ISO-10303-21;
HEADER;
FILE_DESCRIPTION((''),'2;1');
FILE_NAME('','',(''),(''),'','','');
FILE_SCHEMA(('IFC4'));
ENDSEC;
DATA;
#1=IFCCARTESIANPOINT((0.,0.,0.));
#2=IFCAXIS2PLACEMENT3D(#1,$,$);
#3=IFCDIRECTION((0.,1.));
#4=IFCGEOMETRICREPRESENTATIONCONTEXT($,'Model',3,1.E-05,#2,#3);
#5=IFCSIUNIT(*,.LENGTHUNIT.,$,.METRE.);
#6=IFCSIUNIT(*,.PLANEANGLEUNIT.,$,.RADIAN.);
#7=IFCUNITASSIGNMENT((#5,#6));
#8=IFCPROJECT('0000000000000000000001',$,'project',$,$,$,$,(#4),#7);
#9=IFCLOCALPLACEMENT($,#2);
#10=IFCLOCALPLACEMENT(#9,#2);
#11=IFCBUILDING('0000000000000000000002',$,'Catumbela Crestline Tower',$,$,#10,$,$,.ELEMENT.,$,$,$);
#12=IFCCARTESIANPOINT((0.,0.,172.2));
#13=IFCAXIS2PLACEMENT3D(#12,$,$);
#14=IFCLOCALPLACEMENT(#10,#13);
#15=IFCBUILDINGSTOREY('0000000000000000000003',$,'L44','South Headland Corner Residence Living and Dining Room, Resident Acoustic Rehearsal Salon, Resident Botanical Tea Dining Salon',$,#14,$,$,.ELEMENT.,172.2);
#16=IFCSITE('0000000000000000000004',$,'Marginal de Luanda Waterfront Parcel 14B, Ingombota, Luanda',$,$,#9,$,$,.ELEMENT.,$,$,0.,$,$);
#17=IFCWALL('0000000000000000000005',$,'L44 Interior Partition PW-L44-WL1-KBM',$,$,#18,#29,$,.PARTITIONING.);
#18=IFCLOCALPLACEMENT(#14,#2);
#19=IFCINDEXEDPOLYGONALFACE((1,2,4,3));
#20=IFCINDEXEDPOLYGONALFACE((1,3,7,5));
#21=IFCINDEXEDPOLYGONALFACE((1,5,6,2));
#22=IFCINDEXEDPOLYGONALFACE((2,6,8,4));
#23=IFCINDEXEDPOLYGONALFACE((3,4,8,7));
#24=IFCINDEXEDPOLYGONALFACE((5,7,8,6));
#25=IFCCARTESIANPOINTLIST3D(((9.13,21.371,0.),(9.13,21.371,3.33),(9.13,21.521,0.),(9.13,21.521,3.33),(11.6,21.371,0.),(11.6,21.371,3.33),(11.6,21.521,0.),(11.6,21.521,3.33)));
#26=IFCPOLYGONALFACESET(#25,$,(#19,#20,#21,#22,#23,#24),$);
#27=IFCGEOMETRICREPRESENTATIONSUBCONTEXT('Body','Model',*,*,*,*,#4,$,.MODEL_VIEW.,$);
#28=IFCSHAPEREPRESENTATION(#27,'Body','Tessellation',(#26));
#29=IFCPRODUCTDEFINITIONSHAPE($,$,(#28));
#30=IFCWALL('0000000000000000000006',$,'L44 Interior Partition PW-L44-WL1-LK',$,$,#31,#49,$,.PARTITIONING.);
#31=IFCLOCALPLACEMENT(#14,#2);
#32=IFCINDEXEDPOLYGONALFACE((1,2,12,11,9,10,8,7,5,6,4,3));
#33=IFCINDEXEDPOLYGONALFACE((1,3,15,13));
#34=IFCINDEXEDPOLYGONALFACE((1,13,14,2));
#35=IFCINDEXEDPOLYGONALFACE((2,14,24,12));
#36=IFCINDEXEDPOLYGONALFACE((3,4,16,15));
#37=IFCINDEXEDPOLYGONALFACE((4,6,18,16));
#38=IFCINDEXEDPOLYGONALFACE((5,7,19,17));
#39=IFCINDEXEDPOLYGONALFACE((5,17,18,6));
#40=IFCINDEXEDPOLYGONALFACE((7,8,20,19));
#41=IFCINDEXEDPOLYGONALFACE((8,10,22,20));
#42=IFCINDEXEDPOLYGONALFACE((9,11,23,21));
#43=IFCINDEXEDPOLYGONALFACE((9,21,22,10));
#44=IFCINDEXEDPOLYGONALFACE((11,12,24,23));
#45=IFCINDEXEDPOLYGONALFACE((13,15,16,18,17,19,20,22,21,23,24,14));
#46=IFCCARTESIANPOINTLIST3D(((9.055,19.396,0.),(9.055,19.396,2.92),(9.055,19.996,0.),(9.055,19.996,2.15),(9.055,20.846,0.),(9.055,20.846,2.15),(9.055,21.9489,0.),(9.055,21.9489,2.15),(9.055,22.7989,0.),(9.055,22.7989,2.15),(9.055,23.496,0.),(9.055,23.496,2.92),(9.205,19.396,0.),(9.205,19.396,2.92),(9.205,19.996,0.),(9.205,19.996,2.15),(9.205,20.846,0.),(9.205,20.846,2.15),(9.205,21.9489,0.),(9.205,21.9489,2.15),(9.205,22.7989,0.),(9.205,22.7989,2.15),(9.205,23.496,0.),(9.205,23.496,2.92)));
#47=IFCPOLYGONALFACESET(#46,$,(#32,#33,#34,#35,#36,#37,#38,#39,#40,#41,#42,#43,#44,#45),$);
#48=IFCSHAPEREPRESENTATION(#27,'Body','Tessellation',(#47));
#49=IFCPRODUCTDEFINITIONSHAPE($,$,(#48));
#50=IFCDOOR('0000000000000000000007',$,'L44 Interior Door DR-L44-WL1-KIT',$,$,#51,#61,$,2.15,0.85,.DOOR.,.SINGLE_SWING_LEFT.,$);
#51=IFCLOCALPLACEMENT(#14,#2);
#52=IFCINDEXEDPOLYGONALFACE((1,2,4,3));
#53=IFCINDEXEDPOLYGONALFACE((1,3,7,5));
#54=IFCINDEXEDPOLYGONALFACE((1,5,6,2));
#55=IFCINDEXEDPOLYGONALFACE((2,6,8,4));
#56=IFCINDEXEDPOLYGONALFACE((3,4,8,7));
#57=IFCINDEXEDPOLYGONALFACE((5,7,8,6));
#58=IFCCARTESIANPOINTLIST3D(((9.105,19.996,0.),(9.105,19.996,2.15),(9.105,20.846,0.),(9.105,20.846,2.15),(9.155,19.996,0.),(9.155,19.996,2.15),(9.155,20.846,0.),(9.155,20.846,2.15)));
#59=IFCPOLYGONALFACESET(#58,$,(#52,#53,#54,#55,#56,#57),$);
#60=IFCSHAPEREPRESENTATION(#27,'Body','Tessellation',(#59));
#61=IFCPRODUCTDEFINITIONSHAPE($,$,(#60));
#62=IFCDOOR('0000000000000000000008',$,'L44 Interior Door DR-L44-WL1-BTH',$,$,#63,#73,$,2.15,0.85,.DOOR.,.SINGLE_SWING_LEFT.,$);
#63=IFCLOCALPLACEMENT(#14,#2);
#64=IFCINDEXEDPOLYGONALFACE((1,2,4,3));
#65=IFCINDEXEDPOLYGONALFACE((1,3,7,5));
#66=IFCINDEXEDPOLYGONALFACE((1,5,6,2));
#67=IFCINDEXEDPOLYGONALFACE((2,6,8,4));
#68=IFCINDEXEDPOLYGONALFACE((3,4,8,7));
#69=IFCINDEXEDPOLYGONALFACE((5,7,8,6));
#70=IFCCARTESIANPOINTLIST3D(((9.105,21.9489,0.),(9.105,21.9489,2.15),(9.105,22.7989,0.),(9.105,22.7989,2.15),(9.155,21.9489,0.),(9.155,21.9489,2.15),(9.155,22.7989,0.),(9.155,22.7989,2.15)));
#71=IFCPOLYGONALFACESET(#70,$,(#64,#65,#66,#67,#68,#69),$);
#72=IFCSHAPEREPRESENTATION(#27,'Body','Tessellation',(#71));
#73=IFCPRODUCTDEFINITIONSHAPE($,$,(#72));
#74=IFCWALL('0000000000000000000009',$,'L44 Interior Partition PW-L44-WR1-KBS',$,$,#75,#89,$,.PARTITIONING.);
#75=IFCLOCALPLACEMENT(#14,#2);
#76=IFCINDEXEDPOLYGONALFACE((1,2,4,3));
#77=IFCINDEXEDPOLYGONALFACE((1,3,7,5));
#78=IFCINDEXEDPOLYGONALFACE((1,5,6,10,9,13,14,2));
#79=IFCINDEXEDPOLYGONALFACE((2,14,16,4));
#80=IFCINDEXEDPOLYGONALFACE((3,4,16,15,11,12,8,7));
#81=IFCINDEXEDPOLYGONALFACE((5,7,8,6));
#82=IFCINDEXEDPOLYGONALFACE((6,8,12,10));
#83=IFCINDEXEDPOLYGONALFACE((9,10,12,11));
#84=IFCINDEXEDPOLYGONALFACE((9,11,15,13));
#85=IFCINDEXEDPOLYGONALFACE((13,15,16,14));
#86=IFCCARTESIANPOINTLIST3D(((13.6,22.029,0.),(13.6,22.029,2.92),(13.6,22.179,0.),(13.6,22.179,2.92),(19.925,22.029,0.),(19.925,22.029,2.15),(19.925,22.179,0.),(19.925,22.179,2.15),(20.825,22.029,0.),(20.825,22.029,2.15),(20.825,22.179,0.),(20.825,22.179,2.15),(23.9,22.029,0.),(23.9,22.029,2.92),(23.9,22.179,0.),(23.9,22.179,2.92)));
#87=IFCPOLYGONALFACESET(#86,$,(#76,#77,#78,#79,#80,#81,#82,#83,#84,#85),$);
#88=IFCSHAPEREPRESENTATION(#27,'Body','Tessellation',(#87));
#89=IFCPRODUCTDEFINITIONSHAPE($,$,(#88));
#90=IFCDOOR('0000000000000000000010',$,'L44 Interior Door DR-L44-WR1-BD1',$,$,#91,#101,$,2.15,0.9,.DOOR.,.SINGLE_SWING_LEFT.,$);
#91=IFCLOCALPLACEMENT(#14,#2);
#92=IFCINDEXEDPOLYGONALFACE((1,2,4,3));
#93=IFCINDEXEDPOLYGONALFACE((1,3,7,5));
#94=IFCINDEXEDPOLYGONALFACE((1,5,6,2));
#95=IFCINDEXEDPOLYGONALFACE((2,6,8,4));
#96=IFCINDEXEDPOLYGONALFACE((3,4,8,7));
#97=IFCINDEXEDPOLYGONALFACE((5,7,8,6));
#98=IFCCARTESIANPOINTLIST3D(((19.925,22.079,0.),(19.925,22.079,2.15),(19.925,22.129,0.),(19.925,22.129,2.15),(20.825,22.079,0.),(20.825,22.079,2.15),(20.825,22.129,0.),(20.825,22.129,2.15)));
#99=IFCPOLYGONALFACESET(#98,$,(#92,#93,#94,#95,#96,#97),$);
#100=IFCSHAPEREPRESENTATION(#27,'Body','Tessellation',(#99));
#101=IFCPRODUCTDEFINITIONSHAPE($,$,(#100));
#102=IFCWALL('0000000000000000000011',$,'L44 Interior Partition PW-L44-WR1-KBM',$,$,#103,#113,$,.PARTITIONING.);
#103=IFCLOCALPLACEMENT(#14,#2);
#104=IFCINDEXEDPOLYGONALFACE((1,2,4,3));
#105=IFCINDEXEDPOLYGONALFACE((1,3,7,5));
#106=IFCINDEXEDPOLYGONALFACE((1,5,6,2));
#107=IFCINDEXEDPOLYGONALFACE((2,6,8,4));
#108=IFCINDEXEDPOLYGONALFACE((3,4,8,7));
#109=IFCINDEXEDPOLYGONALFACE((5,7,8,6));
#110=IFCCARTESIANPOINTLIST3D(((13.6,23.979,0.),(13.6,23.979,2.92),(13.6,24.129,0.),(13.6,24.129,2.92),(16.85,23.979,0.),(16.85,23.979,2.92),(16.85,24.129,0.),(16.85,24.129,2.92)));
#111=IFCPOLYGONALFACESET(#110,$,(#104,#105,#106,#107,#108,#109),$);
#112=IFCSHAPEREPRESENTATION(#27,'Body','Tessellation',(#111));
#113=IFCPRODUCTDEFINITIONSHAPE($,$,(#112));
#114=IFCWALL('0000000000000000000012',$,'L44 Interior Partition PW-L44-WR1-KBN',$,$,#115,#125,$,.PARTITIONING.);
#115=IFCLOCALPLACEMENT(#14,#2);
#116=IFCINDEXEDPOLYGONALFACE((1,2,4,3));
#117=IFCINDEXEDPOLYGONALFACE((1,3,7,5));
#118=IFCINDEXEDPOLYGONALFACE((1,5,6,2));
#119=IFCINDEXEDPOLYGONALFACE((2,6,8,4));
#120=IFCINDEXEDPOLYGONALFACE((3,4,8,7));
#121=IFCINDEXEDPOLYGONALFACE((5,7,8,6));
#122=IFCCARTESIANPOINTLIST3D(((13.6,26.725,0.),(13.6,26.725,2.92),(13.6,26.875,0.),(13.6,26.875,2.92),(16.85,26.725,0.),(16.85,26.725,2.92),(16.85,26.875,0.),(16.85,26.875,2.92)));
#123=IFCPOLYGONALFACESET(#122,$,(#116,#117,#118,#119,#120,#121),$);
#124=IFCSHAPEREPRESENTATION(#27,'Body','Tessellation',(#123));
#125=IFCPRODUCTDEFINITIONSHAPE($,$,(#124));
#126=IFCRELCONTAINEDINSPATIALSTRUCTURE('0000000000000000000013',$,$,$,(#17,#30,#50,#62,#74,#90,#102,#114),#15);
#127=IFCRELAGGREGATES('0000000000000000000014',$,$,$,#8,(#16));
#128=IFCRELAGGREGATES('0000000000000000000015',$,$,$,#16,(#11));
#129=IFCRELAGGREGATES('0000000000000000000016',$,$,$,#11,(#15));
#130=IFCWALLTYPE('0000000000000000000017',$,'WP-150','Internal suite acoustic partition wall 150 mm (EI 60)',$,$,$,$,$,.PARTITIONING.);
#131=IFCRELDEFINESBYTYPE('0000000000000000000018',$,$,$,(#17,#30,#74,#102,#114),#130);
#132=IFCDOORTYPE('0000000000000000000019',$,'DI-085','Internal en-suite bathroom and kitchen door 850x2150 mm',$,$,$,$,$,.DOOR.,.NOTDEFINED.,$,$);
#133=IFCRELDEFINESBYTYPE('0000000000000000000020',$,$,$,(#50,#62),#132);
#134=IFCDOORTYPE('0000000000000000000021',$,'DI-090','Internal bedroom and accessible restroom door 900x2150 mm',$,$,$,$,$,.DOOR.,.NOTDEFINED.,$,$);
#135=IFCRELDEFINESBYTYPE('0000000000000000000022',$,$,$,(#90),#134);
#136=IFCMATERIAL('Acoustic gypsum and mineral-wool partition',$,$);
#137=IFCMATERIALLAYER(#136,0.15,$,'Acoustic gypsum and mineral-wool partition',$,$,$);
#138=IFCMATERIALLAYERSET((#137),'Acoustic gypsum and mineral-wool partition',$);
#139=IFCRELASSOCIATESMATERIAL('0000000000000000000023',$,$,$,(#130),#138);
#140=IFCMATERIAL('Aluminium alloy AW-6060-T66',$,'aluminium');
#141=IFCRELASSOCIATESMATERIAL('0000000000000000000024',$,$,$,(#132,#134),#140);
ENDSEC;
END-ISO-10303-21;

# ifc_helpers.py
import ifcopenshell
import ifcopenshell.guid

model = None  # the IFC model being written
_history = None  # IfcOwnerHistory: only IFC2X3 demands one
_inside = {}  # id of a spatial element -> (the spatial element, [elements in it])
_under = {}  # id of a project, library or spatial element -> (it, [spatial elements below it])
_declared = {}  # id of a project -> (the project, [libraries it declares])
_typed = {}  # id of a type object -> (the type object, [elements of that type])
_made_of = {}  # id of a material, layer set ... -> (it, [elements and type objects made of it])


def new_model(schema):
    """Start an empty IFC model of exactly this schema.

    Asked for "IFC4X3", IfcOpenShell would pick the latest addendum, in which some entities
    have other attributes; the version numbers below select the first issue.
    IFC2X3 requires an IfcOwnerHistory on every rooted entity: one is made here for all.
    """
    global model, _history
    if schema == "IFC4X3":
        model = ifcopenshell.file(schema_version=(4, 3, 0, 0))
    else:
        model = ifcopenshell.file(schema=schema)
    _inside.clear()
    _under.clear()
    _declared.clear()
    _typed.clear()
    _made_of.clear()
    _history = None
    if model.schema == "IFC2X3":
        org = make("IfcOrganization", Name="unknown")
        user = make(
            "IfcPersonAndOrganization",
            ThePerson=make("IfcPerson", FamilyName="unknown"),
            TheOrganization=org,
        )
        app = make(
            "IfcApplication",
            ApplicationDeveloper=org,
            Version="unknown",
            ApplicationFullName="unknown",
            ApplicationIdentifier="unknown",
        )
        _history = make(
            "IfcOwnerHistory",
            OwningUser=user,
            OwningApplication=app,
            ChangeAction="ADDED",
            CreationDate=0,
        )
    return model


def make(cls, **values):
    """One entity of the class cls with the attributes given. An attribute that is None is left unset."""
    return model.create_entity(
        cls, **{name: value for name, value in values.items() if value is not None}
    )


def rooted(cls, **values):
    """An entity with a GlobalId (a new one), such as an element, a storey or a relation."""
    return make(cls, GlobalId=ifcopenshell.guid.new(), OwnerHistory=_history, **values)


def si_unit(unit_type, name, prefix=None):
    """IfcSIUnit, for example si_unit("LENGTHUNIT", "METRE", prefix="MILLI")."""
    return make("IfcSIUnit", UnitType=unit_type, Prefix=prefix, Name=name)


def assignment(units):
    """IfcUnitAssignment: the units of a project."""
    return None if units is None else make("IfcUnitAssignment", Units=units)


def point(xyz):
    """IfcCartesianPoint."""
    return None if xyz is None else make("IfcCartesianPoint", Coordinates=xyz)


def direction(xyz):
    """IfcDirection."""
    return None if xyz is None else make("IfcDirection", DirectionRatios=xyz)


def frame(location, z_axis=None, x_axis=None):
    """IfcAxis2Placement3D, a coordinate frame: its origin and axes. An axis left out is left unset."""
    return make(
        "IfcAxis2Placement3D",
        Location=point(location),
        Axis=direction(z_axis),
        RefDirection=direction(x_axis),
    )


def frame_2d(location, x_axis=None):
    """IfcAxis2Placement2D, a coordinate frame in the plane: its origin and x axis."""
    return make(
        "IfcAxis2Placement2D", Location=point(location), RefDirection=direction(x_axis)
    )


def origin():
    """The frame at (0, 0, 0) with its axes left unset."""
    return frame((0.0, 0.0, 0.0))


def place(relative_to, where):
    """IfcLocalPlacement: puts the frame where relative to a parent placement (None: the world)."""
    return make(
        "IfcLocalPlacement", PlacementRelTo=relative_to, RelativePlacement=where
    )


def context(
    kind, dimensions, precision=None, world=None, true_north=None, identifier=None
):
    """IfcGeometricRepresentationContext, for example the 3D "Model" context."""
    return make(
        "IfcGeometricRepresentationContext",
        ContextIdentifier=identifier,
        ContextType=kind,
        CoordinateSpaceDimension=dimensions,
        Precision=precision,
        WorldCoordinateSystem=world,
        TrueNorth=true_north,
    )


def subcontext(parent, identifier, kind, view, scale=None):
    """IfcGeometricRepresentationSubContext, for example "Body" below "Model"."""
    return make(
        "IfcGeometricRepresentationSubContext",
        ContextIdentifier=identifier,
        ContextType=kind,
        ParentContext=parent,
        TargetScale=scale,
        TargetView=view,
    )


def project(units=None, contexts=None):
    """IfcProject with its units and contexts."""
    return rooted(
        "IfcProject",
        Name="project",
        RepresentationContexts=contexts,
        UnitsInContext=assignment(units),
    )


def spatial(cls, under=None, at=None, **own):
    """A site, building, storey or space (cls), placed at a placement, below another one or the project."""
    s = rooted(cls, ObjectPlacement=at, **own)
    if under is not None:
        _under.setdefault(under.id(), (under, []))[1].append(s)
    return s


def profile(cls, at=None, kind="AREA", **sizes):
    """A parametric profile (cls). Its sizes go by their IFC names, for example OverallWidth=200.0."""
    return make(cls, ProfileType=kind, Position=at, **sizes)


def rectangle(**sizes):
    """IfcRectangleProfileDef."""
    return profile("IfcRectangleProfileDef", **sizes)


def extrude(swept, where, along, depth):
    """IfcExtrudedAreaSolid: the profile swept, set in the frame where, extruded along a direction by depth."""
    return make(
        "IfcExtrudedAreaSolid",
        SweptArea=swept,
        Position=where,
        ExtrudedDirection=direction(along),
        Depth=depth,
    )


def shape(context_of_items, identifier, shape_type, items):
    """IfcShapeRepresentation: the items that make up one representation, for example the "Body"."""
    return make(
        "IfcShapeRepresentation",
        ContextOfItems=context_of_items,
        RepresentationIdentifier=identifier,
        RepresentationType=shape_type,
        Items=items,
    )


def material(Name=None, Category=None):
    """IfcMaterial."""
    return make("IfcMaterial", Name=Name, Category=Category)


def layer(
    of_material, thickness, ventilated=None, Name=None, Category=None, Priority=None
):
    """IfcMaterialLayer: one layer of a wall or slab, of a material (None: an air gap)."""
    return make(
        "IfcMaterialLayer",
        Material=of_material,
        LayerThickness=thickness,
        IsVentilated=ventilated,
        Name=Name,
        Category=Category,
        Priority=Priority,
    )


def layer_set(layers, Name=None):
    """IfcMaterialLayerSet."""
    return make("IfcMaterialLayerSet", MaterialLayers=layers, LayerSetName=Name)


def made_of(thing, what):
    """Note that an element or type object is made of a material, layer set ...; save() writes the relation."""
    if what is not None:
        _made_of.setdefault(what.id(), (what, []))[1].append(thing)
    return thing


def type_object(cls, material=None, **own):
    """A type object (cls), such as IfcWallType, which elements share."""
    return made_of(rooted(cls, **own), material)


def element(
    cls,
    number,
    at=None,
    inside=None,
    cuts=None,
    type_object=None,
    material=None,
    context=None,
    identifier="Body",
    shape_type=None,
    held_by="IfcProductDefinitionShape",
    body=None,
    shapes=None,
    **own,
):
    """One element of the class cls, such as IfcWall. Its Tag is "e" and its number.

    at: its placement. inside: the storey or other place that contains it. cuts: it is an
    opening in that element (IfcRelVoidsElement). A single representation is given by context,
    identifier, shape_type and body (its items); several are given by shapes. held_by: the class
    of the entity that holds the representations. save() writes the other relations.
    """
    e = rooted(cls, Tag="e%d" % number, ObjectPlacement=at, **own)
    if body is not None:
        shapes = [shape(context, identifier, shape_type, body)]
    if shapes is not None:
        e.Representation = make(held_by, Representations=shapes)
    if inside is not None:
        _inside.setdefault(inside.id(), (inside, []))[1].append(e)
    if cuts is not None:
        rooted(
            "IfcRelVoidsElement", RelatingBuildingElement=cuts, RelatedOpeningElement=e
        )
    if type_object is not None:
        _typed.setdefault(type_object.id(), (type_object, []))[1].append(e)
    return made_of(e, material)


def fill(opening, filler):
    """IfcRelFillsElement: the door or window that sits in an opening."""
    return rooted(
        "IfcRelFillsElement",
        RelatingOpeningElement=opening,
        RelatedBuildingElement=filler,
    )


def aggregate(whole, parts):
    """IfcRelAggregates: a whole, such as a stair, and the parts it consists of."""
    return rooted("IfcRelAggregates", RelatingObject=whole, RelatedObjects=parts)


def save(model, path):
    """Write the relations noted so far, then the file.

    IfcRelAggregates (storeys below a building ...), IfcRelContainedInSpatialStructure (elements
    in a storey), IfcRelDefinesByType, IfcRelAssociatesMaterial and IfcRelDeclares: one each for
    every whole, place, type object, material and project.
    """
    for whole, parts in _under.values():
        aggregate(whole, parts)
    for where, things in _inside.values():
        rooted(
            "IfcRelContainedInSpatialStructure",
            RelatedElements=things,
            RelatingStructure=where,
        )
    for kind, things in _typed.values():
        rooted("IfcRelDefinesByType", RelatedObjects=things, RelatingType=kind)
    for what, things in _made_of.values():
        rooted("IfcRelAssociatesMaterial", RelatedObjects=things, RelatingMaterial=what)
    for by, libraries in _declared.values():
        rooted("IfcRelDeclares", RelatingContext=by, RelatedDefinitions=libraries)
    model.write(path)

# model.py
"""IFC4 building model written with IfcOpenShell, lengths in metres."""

from ifc_helpers import new_model, si_unit, direction, frame, frame_2d, origin, place, context, subcontext, project, spatial, rectangle, extrude, material, layer, layer_set, type_object, element, fill, save


model = new_model("IFC4")

# Units and contexts
model_context = context("Model", 3, precision=1e-05, world=origin(), true_north=direction((0.0, 1.0)))
body_context = subcontext(model_context, "Body", "Model", "MODEL_VIEW")
ifc_project = project(units=[si_unit("LENGTHUNIT", "METRE"), si_unit("PLANEANGLEUNIT", "RADIAN")], contexts=[model_context])

# Site, building, storey
site_placement = place(None, origin())
site = spatial("IfcSite", under=ifc_project, at=site_placement, Name="Marginal de Luanda Waterfront Parcel 14B, Ingombota, Luanda", CompositionType="ELEMENT", RefElevation=0.0)
building_placement = place(site_placement, origin())
building = spatial("IfcBuilding", under=site, at=building_placement, Name="Catumbela Crestline Tower", CompositionType="ELEMENT")
storey_placement = place(building_placement, frame((0.0, 0.0, 172.2)))
storey = spatial("IfcBuildingStorey", under=building, at=storey_placement, Name="L44", Description="South Headland Corner Residence Living and Dining Room, Resident Acoustic Rehearsal Salon, Resident Botanical Tea Dining Salon", CompositionType="ELEMENT", Elevation=172.2)

# Shared definitions
ifc_material_1 = material(Name="Acoustic gypsum and mineral-wool partition")
ifc_material_2 = material(Name="Aluminium alloy AW-6060-T66", Category="aluminium")

# Wall
ifc_layer_1 = layer(ifc_material_1, 0.15, Name="Acoustic gypsum and mineral-wool partition")
ifc_layer_set_1 = layer_set([ifc_layer_1], Name="Acoustic gypsum and mineral-wool partition")
wall_type_1 = type_object("IfcWallType", Name="WP-150", Description="Internal suite acoustic partition wall 150 mm (EI 60)", PredefinedType="PARTITIONING", material=ifc_layer_set_1)
for number, where, z_axis, x_axis, name in (
    (1, (9.13, 21.446, 0.0), (0.0, 0.0, 1.0), (1.0, 0.0, 0.0), "L44 Interior Partition PW-L44-WL1-KBM"),
):
    element("IfcWall", number, at=place(storey_placement, frame(where, z_axis=z_axis, x_axis=x_axis)), inside=storey, type_object=wall_type_1, Name=name, PredefinedType="PARTITIONING", context=body_context, shape_type="SweptSolid", body=[
        extrude(rectangle(XDim=2.47, YDim=0.15, at=frame_2d((1.235, 0.0))), origin(), (0.0, 0.0, 1.0), 3.33),
    ])

# Wall, openings, doors
wall_1_placement = place(storey_placement, frame((9.13, 19.396, 0.0), z_axis=(0.0, 0.0, 1.0), x_axis=(0.0, 1.0, 0.0)))
wall_1 = element("IfcWall", 2, at=wall_1_placement, inside=storey, type_object=wall_type_1, Name="L44 Interior Partition PW-L44-WL1-LK", PredefinedType="PARTITIONING", context=body_context, shape_type="SweptSolid", body=[
    extrude(rectangle(XDim=4.1, YDim=0.15, at=frame_2d((2.05, 0.0))), origin(), (0.0, 0.0, 1.0), 2.92),
])
opening_1_placement = place(wall_1_placement, frame((0.6, 0.0, 0.0)))
opening_1 = element("IfcOpeningElement", 3, at=opening_1_placement, cuts=wall_1, PredefinedType="OPENING", context=body_context, shape_type="SweptSolid", body=[
    extrude(rectangle(XDim=0.85, YDim=2.15, at=frame_2d((0.425, 1.075))), frame((0.0, 0.085, 0.0), z_axis=(0.0, -1.0, 0.0), x_axis=(1.0, 0.0, 0.0)), (0.0, 0.0, 1.0), 0.17),
])
opening_2_placement = place(wall_1_placement, frame((2.5529, 0.0, 0.0)))
opening_2 = element("IfcOpeningElement", 4, at=opening_2_placement, cuts=wall_1, PredefinedType="OPENING", context=body_context, shape_type="SweptSolid", body=[
    extrude(rectangle(XDim=0.85, YDim=2.15, at=frame_2d((0.425, 1.075))), frame((0.0, 0.085, 0.0), z_axis=(0.0, -1.0, 0.0), x_axis=(1.0, 0.0, 0.0)), (0.0, 0.0, 1.0), 0.17),
])
door_type_1 = type_object("IfcDoorType", Name="DI-085", Description="Internal en-suite bathroom and kitchen door 850x2150 mm", OperationType="NOTDEFINED", PredefinedType="DOOR", material=ifc_material_2)
door_1_placement = place(opening_1_placement, origin())
door_1 = element("IfcDoor", 5, at=door_1_placement, inside=storey, type_object=door_type_1, Name="L44 Interior Door DR-L44-WL1-KIT", OperationType="SINGLE_SWING_LEFT", OverallHeight=2.15, OverallWidth=0.85, PredefinedType="DOOR", context=body_context, shape_type="SweptSolid", body=[
    extrude(rectangle(XDim=0.85, YDim=2.15, at=frame_2d((0.425, 1.075))), frame((0.0, 0.025, 0.0), z_axis=(0.0, -1.0, 0.0), x_axis=(1.0, 0.0, 0.0)), (0.0, 0.0, 1.0), 0.05),
])
fill(opening_1, door_1)
door_2_placement = place(opening_2_placement, origin())
door_2 = element("IfcDoor", 6, at=door_2_placement, inside=storey, type_object=door_type_1, Name="L44 Interior Door DR-L44-WL1-BTH", OperationType="SINGLE_SWING_LEFT", OverallHeight=2.15, OverallWidth=0.85, PredefinedType="DOOR", context=body_context, shape_type="SweptSolid", body=[
    extrude(rectangle(XDim=0.85, YDim=2.15, at=frame_2d((0.425, 1.075))), frame((0.0, 0.025, 0.0), z_axis=(0.0, -1.0, 0.0), x_axis=(1.0, 0.0, 0.0)), (0.0, 0.0, 1.0), 0.05),
])
fill(opening_2, door_2)

# Wall, opening, door
wall_2_placement = place(storey_placement, frame((13.6, 22.104, 0.0), z_axis=(0.0, 0.0, 1.0), x_axis=(1.0, 0.0, 0.0)))
wall_2 = element("IfcWall", 7, at=wall_2_placement, inside=storey, type_object=wall_type_1, Name="L44 Interior Partition PW-L44-WR1-KBS", PredefinedType="PARTITIONING", context=body_context, shape_type="SweptSolid", body=[
    extrude(rectangle(XDim=10.3, YDim=0.15, at=frame_2d((5.15, 0.0))), origin(), (0.0, 0.0, 1.0), 2.92),
])
opening_3_placement = place(wall_2_placement, frame((6.325, 0.0, 0.0)))
opening_3 = element("IfcOpeningElement", 8, at=opening_3_placement, cuts=wall_2, PredefinedType="OPENING", context=body_context, shape_type="SweptSolid", body=[
    extrude(rectangle(XDim=0.9, YDim=2.15, at=frame_2d((0.45, 1.075))), frame((0.0, 0.085, 0.0), z_axis=(0.0, -1.0, 0.0), x_axis=(1.0, 0.0, 0.0)), (0.0, 0.0, 1.0), 0.17),
])
door_type_2 = type_object("IfcDoorType", Name="DI-090", Description="Internal bedroom and accessible restroom door 900x2150 mm", OperationType="NOTDEFINED", PredefinedType="DOOR", material=ifc_material_2)
door_3_placement = place(opening_3_placement, origin())
door_3 = element("IfcDoor", 9, at=door_3_placement, inside=storey, type_object=door_type_2, Name="L44 Interior Door DR-L44-WR1-BD1", OperationType="SINGLE_SWING_LEFT", OverallHeight=2.15, OverallWidth=0.9, PredefinedType="DOOR", context=body_context, shape_type="SweptSolid", body=[
    extrude(rectangle(XDim=0.9, YDim=2.15, at=frame_2d((0.45, 1.075))), frame((0.0, 0.025, 0.0), z_axis=(0.0, -1.0, 0.0), x_axis=(1.0, 0.0, 0.0)), (0.0, 0.0, 1.0), 0.05),
])
fill(opening_3, door_3)

# Walls
for number, where, z_axis, x_axis, name in (
    (10, (13.6, 24.054, 0.0), (0.0, 0.0, 1.0), (1.0, 0.0, 0.0), "L44 Interior Partition PW-L44-WR1-KBM"),
    (11, (13.6, 26.8, 0.0), (0.0, 0.0, 1.0), (1.0, 0.0, 0.0), "L44 Interior Partition PW-L44-WR1-KBN"),
):
    element("IfcWall", number, at=place(storey_placement, frame(where, z_axis=z_axis, x_axis=x_axis)), inside=storey, type_object=wall_type_1, Name=name, PredefinedType="PARTITIONING", context=body_context, shape_type="SweptSolid", body=[
        extrude(rectangle(XDim=3.25, YDim=0.15, at=frame_2d((1.625, 0.0))), origin(), (0.0, 0.0, 1.0), 2.92),
    ])

save(model, "model.ifc")
